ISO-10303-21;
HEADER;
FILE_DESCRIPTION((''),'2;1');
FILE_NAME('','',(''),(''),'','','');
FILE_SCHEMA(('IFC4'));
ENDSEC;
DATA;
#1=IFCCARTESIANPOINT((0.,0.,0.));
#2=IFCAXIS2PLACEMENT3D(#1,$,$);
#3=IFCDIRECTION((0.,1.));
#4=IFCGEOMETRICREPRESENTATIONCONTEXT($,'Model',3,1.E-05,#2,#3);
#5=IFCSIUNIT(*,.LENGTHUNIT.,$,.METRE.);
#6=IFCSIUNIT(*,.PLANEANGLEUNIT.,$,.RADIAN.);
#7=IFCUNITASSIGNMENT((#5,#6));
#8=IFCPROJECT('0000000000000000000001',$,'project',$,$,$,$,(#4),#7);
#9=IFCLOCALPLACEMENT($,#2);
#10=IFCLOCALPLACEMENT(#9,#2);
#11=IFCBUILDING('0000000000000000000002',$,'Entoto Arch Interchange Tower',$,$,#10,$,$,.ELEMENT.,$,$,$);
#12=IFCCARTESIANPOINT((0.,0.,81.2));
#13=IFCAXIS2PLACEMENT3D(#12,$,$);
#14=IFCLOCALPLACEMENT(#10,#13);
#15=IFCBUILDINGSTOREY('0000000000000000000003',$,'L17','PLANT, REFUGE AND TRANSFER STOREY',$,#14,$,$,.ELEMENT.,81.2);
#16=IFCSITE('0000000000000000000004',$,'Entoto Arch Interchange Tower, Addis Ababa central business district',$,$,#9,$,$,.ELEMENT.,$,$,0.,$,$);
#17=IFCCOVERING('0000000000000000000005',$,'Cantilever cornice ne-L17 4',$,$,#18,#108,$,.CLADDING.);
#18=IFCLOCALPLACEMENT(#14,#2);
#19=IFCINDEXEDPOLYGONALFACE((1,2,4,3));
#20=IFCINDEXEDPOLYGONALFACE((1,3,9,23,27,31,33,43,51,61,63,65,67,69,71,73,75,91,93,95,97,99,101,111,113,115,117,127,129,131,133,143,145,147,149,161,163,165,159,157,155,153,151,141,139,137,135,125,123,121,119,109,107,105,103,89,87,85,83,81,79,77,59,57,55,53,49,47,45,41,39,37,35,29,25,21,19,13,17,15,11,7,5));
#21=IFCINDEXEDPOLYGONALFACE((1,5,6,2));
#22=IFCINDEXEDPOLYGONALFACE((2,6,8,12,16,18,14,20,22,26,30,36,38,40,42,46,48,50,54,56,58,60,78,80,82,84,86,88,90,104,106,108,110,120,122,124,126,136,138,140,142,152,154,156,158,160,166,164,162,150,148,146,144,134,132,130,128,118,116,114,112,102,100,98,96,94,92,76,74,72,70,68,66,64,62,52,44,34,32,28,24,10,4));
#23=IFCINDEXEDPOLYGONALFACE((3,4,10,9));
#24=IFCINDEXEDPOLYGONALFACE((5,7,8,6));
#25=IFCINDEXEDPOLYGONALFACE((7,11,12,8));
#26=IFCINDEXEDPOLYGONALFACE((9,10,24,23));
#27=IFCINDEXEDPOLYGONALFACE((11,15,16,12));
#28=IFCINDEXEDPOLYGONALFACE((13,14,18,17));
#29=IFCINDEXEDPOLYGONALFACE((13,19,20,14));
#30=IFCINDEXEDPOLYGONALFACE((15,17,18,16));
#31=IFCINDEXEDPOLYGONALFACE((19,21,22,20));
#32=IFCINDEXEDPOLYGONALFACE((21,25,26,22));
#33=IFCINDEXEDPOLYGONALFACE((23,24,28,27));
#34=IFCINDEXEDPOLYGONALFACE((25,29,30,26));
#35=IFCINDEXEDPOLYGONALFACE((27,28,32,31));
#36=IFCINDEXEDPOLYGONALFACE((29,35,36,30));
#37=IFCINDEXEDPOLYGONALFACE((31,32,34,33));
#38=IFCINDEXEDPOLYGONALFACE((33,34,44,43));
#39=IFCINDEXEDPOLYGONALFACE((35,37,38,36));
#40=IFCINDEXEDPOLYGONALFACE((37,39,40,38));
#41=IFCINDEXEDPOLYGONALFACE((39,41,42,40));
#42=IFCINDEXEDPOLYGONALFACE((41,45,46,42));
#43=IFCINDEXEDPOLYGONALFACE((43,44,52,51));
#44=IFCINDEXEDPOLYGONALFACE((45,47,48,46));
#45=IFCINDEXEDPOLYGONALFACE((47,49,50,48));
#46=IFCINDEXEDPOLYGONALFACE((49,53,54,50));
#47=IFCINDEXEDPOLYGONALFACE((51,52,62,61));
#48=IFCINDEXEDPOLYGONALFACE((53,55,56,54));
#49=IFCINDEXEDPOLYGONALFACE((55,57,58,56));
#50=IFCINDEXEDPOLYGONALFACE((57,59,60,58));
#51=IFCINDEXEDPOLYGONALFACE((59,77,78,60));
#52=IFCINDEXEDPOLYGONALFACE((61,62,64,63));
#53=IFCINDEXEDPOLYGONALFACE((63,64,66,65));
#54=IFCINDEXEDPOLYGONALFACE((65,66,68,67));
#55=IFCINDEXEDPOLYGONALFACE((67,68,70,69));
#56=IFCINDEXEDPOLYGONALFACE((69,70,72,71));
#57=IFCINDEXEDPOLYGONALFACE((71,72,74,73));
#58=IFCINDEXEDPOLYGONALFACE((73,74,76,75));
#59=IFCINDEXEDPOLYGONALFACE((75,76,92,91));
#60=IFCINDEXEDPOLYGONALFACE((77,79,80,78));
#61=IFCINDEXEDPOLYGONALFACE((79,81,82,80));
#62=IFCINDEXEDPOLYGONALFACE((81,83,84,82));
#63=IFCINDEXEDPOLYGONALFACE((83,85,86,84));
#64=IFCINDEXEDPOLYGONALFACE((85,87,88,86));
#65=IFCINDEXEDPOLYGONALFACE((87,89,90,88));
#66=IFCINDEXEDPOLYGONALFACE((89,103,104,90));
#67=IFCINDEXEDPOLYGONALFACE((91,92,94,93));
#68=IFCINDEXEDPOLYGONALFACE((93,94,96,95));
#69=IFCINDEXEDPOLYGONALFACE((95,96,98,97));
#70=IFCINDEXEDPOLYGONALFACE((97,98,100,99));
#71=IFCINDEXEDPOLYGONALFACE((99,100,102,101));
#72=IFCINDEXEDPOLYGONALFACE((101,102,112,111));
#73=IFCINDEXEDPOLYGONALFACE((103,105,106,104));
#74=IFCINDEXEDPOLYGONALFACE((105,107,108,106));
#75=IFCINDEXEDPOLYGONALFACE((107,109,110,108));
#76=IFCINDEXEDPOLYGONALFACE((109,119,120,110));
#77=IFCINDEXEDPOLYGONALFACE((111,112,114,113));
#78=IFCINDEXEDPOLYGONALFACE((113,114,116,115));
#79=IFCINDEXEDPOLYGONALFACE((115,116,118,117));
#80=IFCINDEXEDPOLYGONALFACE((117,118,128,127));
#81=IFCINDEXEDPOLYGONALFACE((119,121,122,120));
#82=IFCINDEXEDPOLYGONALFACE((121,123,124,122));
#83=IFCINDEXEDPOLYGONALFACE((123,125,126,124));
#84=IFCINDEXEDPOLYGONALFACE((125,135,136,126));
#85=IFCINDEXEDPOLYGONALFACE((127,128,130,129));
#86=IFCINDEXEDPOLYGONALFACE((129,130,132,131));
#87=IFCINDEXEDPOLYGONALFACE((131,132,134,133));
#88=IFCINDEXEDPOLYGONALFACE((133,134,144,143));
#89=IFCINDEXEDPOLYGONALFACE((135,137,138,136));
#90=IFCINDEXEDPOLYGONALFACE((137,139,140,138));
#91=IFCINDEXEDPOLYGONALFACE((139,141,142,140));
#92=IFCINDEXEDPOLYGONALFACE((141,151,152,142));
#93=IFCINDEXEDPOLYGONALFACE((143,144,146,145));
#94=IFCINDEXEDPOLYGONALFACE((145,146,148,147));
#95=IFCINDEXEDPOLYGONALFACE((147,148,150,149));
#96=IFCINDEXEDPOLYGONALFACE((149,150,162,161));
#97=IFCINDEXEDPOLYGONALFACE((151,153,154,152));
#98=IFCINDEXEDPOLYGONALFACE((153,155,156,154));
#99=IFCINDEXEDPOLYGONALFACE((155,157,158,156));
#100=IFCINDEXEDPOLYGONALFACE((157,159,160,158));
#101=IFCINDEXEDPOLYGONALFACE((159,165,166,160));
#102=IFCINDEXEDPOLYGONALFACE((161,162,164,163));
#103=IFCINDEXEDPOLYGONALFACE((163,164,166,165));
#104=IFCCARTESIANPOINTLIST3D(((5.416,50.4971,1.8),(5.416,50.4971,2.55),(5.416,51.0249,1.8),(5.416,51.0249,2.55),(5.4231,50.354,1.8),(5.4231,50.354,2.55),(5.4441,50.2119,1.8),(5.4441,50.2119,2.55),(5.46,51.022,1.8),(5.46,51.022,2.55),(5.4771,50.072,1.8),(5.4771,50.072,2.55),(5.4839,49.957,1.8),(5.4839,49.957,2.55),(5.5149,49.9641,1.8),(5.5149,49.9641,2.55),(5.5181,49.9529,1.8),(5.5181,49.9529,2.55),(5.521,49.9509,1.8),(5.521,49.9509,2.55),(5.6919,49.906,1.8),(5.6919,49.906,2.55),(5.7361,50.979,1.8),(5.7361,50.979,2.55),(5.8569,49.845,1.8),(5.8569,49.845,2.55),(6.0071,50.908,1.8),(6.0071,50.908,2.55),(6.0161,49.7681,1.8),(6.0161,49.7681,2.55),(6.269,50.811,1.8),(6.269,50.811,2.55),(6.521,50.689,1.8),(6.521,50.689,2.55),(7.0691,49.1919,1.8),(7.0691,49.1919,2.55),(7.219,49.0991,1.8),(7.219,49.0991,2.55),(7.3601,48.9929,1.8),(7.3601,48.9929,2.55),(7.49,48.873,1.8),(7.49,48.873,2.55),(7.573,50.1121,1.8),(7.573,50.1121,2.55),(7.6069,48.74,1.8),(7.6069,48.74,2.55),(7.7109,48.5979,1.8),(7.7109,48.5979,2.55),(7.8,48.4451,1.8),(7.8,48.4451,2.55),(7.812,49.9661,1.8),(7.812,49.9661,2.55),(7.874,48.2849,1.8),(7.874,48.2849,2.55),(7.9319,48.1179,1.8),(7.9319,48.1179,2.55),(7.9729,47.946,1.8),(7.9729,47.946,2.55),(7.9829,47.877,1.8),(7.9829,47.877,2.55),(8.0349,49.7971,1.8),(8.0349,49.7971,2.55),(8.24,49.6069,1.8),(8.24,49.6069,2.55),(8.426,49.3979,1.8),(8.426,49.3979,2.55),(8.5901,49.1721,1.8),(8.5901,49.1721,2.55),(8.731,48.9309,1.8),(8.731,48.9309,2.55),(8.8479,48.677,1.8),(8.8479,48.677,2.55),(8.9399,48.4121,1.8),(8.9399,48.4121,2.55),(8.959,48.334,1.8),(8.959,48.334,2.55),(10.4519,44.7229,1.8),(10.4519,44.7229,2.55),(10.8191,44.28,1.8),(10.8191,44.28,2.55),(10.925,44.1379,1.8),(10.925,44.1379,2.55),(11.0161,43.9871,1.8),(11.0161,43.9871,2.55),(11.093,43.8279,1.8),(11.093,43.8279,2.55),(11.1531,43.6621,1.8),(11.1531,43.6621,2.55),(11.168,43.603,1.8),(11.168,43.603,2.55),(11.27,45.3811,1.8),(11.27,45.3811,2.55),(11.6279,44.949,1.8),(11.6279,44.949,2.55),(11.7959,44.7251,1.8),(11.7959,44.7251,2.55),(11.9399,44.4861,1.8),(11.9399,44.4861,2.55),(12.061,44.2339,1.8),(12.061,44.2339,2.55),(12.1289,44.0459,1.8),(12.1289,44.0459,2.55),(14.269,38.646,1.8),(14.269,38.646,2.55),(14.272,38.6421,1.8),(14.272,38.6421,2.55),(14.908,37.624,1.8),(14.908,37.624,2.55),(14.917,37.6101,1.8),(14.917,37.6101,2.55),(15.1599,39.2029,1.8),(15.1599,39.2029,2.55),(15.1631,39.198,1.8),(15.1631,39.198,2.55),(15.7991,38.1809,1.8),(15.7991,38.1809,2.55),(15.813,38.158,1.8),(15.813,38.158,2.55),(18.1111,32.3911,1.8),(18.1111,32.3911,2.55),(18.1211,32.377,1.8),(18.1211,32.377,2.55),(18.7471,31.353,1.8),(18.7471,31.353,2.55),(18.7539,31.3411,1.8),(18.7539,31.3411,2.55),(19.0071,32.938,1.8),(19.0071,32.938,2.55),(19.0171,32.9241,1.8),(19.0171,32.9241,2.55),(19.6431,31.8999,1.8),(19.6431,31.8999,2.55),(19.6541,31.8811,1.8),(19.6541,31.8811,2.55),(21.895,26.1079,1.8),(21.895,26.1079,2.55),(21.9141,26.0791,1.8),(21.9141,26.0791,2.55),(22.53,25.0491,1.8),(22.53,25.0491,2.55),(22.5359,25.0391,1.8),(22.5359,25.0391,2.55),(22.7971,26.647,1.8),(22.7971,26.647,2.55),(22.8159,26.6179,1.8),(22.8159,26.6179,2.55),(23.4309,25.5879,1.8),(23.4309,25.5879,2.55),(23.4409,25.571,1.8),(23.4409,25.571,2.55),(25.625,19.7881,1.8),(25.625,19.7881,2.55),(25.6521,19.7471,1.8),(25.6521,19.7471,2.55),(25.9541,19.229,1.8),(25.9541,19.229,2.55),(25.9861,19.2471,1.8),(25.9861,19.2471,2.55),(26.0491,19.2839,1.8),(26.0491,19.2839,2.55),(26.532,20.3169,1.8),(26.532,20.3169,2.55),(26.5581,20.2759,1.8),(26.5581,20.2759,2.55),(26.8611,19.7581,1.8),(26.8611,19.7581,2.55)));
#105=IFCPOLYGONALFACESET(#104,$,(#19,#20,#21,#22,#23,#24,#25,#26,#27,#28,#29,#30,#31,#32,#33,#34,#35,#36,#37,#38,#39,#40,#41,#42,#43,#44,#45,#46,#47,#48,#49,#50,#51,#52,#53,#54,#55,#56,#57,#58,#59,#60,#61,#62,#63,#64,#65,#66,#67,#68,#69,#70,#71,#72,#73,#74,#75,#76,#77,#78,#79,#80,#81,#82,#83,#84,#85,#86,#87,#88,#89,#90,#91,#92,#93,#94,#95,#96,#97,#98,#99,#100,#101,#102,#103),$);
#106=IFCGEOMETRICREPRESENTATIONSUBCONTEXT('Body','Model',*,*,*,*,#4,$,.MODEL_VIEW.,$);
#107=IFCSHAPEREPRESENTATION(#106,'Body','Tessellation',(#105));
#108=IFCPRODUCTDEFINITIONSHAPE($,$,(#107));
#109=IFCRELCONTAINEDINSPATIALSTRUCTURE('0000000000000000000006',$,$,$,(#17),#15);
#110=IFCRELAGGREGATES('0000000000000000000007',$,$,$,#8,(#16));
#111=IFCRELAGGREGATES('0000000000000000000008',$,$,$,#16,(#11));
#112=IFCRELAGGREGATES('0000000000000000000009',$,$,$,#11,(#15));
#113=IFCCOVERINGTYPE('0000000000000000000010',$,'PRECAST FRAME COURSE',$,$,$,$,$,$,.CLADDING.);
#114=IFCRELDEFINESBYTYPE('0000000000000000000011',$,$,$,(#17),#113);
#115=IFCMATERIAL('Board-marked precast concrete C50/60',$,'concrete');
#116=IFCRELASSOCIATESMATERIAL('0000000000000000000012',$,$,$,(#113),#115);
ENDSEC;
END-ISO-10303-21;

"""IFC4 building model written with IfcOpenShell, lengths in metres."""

from ifc_helpers import new_model, si_unit, direction, frame, origin, place, context, subcontext, project, spatial, polyline, outline, extrude, material, type_object, element, save


model = new_model("IFC4")

# Units and contexts
model_context = context("Model", 3, precision=1e-05, world=origin(), true_north=direction((0.0, 1.0)))
body_context = subcontext(model_context, "Body", "Model", "MODEL_VIEW")
ifc_project = project(units=[si_unit("LENGTHUNIT", "METRE"), si_unit("PLANEANGLEUNIT", "RADIAN")], contexts=[model_context])

# Site, building, storey
site_placement = place(None, origin())
site = spatial("IfcSite", under=ifc_project, at=site_placement, Name="Entoto Arch Interchange Tower, Addis Ababa central business district", CompositionType="ELEMENT", RefElevation=0.0)
building_placement = place(site_placement, origin())
building = spatial("IfcBuilding", under=site, at=building_placement, Name="Entoto Arch Interchange Tower", CompositionType="ELEMENT")
storey_placement = place(building_placement, frame((0.0, 0.0, 81.2)))
storey = spatial("IfcBuildingStorey", under=building, at=storey_placement, Name="L17", Description="PLANT, REFUGE AND TRANSFER STOREY", CompositionType="ELEMENT", Elevation=81.2)

# Covering
ifc_material_1 = material(Name="Board-marked precast concrete C50/60", Category="concrete")
covering_type = type_object("IfcCoveringType", Name="PRECAST FRAME COURSE", PredefinedType="CLADDING", material=ifc_material_1)
covering_1_placement = place(storey_placement, frame((0.0, 0.0, 1.8)))
element("IfcCovering", 1, at=covering_1_placement, inside=storey, type_object=covering_type, Name="Cantilever cornice ne-L17 4", PredefinedType="CLADDING", context=body_context, shape_type="SweptSolid", body=[
    extrude(outline(polyline([(5.4771, 50.072), (5.4441, 50.2119), (5.4231, 50.354), (5.416, 50.4971), (5.416, 51.0249), (5.46, 51.022), (5.7361, 50.979), (6.0071, 50.908), (6.269, 50.811), (6.521, 50.689), (7.573, 50.1121), (7.812, 49.9661), (8.0349, 49.7971), (8.24, 49.6069), (8.426, 49.3979), (8.5901, 49.1721), (8.731, 48.9309), (8.8479, 48.677), (8.9399, 48.4121), (8.959, 48.334), (11.27, 45.3811), (11.6279, 44.949), (11.7959, 44.7251), (11.9399, 44.4861), (12.061, 44.2339), (12.1289, 44.0459), (15.1599, 39.2029), (15.1631, 39.198), (15.7991, 38.1809), (15.813, 38.158), (19.0071, 32.938), (19.0171, 32.9241), (19.6431, 31.8999), (19.6541, 31.8811), (22.7971, 26.647), (22.8159, 26.6179), (23.4309, 25.5879), (23.4409, 25.571), (26.532, 20.3169), (26.5581, 20.2759), (26.8611, 19.7581), (26.0491, 19.2839), (25.9861, 19.2471), (25.9541, 19.229), (25.6521, 19.7471), (25.625, 19.7881), (22.5359, 25.0391), (22.53, 25.0491), (21.9141, 26.0791), (21.895, 26.1079), (18.7539, 31.3411), (18.7471, 31.353), (18.1211, 32.377), (18.1111, 32.3911), (14.917, 37.6101), (14.908, 37.624), (14.272, 38.6421), (14.269, 38.646), (11.168, 43.603), (11.1531, 43.6621), (11.093, 43.8279), (11.0161, 43.9871), (10.925, 44.1379), (10.8191, 44.28), (10.4519, 44.7229), (7.9829, 47.877), (7.9729, 47.946), (7.9319, 48.1179), (7.874, 48.2849), (7.8, 48.4451), (7.7109, 48.5979), (7.6069, 48.74), (7.49, 48.873), (7.3601, 48.9929), (7.219, 49.0991), (7.0691, 49.1919), (6.0161, 49.7681), (5.8569, 49.845), (5.6919, 49.906), (5.521, 49.9509), (5.4839, 49.957), (5.5181, 49.9529), (5.5149, 49.9641), (5.4771, 50.072)])), origin(), (0.0, 0.0, 1.0), 0.75),
])

save(model, "model.ifc")
